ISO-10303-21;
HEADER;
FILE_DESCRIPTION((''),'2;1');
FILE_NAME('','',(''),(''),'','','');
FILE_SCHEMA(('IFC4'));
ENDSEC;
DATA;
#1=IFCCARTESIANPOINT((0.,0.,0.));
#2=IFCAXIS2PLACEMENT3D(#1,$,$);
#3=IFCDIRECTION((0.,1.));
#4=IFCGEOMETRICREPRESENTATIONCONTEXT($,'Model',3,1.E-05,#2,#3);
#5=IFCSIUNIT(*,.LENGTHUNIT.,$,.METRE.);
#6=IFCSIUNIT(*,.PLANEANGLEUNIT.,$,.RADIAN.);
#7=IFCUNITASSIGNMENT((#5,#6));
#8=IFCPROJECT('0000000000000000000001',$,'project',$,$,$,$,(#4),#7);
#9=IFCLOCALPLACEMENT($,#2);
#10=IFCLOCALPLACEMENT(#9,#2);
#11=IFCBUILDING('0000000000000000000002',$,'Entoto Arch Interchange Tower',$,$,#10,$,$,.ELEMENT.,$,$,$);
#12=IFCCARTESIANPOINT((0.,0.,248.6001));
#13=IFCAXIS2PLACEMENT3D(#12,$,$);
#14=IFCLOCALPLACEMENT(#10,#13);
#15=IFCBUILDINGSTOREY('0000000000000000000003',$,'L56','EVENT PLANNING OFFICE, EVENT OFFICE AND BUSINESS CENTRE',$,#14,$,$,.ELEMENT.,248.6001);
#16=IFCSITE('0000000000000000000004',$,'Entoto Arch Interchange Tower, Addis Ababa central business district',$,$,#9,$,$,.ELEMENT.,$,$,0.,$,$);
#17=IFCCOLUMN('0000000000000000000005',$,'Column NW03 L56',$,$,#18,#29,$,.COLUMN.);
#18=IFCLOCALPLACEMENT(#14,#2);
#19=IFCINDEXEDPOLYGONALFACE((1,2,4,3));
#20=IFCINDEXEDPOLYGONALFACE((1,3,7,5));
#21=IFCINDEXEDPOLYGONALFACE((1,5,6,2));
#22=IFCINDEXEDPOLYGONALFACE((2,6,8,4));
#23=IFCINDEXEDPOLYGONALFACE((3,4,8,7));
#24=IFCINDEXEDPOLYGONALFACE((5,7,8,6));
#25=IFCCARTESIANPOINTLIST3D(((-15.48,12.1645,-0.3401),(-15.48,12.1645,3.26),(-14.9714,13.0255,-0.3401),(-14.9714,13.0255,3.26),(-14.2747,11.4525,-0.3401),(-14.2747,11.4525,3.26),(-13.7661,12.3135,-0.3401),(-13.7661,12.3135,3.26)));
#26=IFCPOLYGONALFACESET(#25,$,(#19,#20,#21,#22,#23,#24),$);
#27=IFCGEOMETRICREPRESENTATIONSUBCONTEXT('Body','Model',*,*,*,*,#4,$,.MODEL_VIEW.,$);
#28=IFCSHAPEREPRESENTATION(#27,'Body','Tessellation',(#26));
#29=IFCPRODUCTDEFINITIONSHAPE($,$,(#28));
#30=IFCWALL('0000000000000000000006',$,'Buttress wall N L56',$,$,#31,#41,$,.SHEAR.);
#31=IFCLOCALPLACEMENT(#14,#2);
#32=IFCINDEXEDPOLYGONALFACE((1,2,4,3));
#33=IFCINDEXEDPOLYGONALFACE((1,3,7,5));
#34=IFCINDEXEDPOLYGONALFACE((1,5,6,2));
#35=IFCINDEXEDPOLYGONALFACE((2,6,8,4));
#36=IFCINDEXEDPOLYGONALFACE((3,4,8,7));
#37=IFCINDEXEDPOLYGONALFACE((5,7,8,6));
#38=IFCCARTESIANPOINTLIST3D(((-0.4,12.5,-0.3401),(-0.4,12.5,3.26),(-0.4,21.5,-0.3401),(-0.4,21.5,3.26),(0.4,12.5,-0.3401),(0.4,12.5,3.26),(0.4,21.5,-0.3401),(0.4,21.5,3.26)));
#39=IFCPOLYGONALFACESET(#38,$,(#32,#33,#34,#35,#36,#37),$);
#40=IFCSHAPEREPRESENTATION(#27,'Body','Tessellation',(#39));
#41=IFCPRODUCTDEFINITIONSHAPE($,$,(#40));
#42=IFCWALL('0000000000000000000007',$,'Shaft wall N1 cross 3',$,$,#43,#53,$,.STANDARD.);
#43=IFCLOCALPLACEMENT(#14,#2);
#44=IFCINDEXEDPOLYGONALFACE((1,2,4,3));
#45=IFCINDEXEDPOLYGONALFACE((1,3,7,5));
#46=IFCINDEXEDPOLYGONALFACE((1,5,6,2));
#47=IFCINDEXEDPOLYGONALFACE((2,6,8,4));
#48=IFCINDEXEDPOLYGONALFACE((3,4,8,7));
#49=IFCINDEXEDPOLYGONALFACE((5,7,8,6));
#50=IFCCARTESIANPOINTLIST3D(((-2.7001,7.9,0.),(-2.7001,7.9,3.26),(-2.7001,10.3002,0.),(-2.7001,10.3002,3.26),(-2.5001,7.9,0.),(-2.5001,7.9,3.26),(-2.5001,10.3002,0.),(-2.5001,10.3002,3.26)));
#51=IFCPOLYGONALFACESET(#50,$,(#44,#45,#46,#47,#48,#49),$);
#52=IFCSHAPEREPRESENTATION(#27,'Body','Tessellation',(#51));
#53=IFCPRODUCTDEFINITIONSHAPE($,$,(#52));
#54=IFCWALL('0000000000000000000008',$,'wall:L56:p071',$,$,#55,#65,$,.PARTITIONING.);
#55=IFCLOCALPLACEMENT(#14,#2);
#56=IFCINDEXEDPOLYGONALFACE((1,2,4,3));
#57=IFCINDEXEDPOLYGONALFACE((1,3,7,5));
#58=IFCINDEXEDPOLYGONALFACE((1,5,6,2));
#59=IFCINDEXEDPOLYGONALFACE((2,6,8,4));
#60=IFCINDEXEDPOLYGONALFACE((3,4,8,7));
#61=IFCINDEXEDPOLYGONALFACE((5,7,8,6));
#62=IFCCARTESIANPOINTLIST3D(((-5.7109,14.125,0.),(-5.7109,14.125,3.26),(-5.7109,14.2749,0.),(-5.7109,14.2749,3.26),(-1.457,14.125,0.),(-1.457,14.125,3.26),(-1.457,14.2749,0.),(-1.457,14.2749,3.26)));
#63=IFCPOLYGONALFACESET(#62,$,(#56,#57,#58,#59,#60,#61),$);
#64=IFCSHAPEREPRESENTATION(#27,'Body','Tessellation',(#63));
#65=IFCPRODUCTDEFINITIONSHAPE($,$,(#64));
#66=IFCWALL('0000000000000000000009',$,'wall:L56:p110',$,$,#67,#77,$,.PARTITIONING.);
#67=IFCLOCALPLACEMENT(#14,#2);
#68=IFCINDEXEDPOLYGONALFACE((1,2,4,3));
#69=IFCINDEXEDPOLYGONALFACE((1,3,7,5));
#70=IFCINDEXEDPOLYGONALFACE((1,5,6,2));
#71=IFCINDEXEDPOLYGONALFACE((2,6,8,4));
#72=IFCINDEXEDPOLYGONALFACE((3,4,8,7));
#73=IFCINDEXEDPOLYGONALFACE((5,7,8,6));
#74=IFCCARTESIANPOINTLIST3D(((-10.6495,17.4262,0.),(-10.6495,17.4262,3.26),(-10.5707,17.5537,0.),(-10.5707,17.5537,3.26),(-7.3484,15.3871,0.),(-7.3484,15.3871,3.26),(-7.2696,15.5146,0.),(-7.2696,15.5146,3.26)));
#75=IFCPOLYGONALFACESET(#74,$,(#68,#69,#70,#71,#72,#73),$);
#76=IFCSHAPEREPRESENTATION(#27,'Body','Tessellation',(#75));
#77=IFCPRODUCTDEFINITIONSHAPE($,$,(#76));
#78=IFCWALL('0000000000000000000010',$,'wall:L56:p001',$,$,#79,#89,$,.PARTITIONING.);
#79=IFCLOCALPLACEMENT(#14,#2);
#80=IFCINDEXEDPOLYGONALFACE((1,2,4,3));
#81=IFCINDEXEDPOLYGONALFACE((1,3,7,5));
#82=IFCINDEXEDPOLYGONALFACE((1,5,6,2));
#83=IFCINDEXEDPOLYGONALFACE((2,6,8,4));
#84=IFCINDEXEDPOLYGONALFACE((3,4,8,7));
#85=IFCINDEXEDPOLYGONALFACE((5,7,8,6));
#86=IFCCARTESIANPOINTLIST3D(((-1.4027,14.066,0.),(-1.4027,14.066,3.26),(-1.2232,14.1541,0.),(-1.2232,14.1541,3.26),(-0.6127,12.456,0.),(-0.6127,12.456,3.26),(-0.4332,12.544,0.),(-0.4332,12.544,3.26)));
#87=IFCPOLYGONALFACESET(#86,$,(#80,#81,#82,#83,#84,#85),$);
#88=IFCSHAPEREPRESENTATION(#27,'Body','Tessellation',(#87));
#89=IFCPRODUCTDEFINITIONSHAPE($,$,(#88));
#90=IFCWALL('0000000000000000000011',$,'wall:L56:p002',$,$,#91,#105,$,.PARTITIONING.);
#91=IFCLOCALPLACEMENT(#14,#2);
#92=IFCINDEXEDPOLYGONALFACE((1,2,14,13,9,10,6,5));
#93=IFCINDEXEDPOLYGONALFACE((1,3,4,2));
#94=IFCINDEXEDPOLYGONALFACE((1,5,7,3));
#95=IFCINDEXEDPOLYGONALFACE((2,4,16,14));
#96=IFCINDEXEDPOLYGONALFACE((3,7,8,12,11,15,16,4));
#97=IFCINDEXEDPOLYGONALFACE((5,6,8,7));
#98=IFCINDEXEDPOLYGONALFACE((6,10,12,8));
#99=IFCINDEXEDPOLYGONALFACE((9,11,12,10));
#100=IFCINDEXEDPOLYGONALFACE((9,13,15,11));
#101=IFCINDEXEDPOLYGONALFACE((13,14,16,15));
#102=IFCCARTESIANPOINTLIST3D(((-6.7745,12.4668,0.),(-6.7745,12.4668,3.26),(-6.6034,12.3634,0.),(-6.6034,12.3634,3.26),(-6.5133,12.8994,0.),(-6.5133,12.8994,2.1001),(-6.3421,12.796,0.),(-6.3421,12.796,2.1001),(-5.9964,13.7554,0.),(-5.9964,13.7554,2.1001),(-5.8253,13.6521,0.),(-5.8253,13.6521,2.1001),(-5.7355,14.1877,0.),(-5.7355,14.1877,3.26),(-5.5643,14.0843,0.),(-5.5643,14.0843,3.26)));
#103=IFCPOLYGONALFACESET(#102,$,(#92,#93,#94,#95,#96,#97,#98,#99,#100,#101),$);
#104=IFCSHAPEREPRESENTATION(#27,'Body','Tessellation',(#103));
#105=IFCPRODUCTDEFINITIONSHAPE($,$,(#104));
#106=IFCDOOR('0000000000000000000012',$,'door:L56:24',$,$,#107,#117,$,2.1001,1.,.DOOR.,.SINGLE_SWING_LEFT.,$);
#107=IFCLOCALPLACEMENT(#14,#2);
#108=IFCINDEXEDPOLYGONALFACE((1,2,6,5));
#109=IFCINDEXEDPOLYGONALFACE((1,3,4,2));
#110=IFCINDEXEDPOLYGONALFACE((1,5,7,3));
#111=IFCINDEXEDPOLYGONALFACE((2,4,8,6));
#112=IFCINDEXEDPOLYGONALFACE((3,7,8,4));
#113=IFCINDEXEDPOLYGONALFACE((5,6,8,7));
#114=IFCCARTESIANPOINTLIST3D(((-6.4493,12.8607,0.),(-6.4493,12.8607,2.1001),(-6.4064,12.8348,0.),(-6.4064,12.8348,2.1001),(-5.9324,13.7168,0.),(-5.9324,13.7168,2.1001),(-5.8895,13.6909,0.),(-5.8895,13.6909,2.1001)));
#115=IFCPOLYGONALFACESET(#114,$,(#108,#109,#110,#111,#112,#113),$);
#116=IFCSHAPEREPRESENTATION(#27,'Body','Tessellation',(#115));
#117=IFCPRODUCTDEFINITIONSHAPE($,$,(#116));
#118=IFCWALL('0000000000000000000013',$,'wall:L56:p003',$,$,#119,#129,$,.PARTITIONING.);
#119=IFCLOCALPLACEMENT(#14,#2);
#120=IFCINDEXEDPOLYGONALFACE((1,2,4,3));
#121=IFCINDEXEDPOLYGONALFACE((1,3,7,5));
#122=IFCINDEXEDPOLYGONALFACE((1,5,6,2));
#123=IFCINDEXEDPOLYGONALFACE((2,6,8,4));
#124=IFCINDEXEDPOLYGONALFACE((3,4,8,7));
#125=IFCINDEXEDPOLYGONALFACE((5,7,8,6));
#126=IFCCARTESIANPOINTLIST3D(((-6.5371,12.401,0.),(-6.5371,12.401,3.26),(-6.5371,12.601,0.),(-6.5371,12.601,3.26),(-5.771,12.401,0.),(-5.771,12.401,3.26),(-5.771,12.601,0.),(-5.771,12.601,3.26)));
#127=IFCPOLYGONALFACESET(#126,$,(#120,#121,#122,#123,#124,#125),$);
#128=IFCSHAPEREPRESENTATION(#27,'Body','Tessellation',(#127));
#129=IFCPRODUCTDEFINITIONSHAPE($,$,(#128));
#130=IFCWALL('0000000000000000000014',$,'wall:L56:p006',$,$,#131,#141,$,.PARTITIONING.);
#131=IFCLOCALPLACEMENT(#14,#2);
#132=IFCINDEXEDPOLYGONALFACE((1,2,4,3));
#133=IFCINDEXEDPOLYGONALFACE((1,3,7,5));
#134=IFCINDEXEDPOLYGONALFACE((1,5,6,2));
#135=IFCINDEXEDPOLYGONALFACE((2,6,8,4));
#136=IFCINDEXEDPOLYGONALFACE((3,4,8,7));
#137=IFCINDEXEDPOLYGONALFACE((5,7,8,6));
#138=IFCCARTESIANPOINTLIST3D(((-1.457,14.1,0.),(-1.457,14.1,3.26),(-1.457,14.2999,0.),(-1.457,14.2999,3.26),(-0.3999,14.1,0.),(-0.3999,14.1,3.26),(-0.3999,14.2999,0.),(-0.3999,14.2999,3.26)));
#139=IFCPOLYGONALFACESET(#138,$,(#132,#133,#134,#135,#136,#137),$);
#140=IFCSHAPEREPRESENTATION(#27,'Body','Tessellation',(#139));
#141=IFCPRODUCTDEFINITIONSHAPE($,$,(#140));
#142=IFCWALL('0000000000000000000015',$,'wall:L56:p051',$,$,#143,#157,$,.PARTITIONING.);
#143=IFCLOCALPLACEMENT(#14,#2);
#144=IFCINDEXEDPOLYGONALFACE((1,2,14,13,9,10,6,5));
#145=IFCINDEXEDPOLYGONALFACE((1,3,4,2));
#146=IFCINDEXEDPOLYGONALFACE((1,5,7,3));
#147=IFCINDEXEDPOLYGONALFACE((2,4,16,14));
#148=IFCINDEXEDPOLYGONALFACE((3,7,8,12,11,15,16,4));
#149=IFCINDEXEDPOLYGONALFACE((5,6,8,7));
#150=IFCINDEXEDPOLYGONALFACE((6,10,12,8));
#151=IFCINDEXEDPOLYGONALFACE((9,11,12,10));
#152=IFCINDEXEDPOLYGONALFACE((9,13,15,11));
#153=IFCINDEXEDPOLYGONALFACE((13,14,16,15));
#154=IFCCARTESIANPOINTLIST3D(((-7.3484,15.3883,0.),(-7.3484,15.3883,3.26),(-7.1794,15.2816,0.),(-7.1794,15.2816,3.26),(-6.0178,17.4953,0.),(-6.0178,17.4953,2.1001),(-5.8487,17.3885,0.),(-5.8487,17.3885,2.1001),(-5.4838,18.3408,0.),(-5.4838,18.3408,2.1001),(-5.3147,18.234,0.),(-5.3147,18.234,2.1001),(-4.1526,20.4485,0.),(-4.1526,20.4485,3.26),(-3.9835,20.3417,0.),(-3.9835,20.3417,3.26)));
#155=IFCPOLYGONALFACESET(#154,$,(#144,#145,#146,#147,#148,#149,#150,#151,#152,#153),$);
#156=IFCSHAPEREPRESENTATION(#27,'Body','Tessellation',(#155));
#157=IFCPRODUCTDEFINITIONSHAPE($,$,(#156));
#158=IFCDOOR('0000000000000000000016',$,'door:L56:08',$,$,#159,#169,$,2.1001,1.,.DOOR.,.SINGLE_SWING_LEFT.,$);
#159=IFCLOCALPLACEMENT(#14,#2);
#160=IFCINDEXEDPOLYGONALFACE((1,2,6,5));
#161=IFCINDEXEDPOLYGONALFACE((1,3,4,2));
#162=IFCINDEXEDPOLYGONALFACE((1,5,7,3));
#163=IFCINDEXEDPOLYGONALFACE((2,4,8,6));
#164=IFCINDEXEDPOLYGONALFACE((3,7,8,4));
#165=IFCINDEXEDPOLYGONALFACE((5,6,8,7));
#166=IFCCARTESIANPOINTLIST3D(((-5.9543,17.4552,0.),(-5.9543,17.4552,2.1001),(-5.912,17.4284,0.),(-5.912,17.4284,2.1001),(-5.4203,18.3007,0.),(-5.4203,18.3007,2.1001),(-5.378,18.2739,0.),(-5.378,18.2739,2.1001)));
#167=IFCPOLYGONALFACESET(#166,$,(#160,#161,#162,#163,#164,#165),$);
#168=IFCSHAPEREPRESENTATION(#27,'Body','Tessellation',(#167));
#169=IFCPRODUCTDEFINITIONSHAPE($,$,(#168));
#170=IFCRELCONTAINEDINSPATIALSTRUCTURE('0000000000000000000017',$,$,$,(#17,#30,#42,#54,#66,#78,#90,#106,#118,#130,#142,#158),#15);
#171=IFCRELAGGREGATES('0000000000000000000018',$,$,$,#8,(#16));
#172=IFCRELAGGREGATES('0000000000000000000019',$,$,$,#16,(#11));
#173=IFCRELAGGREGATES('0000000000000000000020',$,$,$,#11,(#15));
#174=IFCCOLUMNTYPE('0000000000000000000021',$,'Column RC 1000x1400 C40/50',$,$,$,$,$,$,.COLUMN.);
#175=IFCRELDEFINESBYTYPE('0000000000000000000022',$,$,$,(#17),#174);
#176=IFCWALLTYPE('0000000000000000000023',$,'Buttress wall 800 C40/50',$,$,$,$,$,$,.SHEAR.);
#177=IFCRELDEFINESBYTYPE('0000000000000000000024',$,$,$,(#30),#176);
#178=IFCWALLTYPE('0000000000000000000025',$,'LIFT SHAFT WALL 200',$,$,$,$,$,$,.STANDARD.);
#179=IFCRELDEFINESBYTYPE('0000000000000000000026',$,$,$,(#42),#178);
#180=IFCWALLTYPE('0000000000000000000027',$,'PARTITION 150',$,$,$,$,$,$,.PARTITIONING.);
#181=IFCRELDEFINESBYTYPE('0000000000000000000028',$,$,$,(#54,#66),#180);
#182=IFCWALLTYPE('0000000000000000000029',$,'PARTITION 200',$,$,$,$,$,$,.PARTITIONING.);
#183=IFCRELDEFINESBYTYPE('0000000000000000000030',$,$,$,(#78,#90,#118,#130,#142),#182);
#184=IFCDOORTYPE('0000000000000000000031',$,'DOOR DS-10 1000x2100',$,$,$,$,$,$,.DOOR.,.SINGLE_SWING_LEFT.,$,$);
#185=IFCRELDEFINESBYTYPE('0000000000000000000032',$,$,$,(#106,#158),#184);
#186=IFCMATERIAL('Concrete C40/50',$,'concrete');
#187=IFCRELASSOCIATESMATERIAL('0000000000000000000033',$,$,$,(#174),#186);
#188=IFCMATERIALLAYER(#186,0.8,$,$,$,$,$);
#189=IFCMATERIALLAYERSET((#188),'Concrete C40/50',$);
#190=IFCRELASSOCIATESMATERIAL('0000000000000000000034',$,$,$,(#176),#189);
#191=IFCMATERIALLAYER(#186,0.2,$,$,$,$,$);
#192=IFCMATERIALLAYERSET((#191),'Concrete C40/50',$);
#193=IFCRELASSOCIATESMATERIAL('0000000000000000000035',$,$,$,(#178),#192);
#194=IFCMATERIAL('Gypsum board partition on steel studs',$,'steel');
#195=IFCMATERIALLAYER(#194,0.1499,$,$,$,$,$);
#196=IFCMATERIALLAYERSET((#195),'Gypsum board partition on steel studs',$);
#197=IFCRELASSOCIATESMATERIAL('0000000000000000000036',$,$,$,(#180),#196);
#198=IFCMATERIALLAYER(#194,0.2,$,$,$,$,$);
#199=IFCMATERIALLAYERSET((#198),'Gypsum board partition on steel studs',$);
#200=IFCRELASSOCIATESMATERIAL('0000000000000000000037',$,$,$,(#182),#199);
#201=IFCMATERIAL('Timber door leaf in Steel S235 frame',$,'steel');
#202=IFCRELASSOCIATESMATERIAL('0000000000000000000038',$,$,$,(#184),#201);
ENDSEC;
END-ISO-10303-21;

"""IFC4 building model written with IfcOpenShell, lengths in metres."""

from ifc_helpers import new_model, si_unit, direction, frame, frame_2d, origin, origin_2d, place, context, subcontext, project, spatial, rectangle, extrude, material, layer, layer_set, material_profile, profile_set, type_object, element, fill, save


model = new_model("IFC4")

# Units and contexts
model_context = context("Model", 3, precision=1e-05, world=origin(), true_north=direction((0.0, 1.0)))
body_context = subcontext(model_context, "Body", "Model", "MODEL_VIEW")
ifc_project = project(units=[si_unit("LENGTHUNIT", "METRE"), si_unit("PLANEANGLEUNIT", "RADIAN")], contexts=[model_context])

# Site, building, storey
site_placement = place(None, origin())
site = spatial("IfcSite", under=ifc_project, at=site_placement, Name="Entoto Arch Interchange Tower, Addis Ababa central business district", CompositionType="ELEMENT", RefElevation=0.0)
building_placement = place(site_placement, origin())
building = spatial("IfcBuilding", under=site, at=building_placement, Name="Entoto Arch Interchange Tower", CompositionType="ELEMENT")
storey_placement = place(building_placement, frame((0.0, 0.0, 248.6001)))
storey = spatial("IfcBuildingStorey", under=building, at=storey_placement, Name="L56", Description="EVENT PLANNING OFFICE, EVENT OFFICE AND BUSINESS CENTRE", CompositionType="ELEMENT", Elevation=248.6001)

# Column
ifc_material_1 = material(Name="Concrete C40/50", Category="concrete")
ifc_material_profile = material_profile(ifc_material_1, rectangle(XDim=1.0, YDim=1.3999, at=origin_2d()))
ifc_profile_set = profile_set([ifc_material_profile], Name="Concrete C40/50")
column_type = type_object("IfcColumnType", Name="Column RC 1000x1400 C40/50", PredefinedType="COLUMN", material=ifc_profile_set)
column_placement = place(storey_placement, frame((-14.623, 12.239, -0.3401), z_axis=(0.0, 0.0, 1.0), x_axis=(0.508576, 0.861017, 0.0)))
element("IfcColumn", 1, at=column_placement, inside=storey, type_object=column_type, Name="Column NW03 L56", PredefinedType="COLUMN", context=body_context, shape_type="SweptSolid", body=[
    extrude(rectangle(XDim=1.0, YDim=1.3999, at=origin_2d()), origin(), (0.0, 0.0, 1.0), 3.6001),
])

# Walls
ifc_layer_1 = layer(ifc_material_1, 0.8)
ifc_layer_set_1 = layer_set([ifc_layer_1], Name="Concrete C40/50")
wall_type_1 = type_object("IfcWallType", Name="Buttress wall 800 C40/50", PredefinedType="SHEAR", material=ifc_layer_set_1)
wall_1_placement = place(storey_placement, frame((0.0, 12.5, -0.3401), z_axis=(0.0, 0.0, 1.0), x_axis=(0.0, 1.0, 0.0)))
element("IfcWall", 2, at=wall_1_placement, inside=storey, type_object=wall_type_1, Name="Buttress wall N L56", PredefinedType="SHEAR", context=body_context, shape_type="SweptSolid", body=[
    extrude(rectangle(XDim=9.0, YDim=0.8, at=frame_2d((4.5, 0.0))), origin(), (0.0, 0.0, 1.0), 3.6001),
])
ifc_layer_2 = layer(ifc_material_1, 0.2)
ifc_layer_set_2 = layer_set([ifc_layer_2], Name="Concrete C40/50")
wall_type_2 = type_object("IfcWallType", Name="LIFT SHAFT WALL 200", PredefinedType="STANDARD", material=ifc_layer_set_2)
wall_2_placement = place(storey_placement, frame((-2.6001, 7.8999, 0.0), z_axis=(0.0, 0.0, 1.0), x_axis=(0.0, 1.0, 0.0)))
element("IfcWall", 3, at=wall_2_placement, inside=storey, type_object=wall_type_2, Name="Shaft wall N1 cross 3", PredefinedType="STANDARD", context=body_context, shape_type="SweptSolid", body=[
    extrude(rectangle(XDim=2.4001, YDim=0.2, at=frame_2d((1.2002, 0.0))), origin(), (0.0, 0.0, 1.0), 3.26),
])
ifc_material_2 = material(Name="Gypsum board partition on steel studs", Category="steel")
ifc_layer_3 = layer(ifc_material_2, 0.1499)
ifc_layer_set_3 = layer_set([ifc_layer_3], Name="Gypsum board partition on steel studs")
wall_type_3 = type_object("IfcWallType", Name="PARTITION 150", PredefinedType="PARTITIONING", material=ifc_layer_set_3)
wall_3_placement = place(storey_placement, frame((-1.457, 14.2, 0.0), z_axis=(0.0, 0.0, 1.0), x_axis=(-1.0, 0.0, 0.0)))
element("IfcWall", 4, at=wall_3_placement, inside=storey, type_object=wall_type_3, Name="wall:L56:p071", PredefinedType="PARTITIONING", context=body_context, shape_type="SweptSolid", body=[
    extrude(rectangle(XDim=4.2539, YDim=0.1499, at=frame_2d((2.127, 0.0))), origin(), (0.0, 0.0, 1.0), 3.26),
])
wall_4_placement = place(storey_placement, frame((-7.3091, 15.4509, 0.0), z_axis=(0.0, 0.0, 1.0), x_axis=(-0.850776, 0.525529, 0.0)))
element("IfcWall", 5, at=wall_4_placement, inside=storey, type_object=wall_type_3, Name="wall:L56:p110", PredefinedType="PARTITIONING", context=body_context, shape_type="SweptSolid", body=[
    extrude(rectangle(XDim=3.8801, YDim=0.1499, at=frame_2d((1.9399, 0.0))), origin(), (0.0, 0.0, 1.0), 3.26),
])
ifc_layer_4 = layer(ifc_material_2, 0.2)
ifc_layer_set_4 = layer_set([ifc_layer_4], Name="Gypsum board partition on steel studs")
wall_type_4 = type_object("IfcWallType", Name="PARTITION 200", PredefinedType="PARTITIONING", material=ifc_layer_set_4)
wall_5_placement = place(storey_placement, frame((-0.5229, 12.5, 0.0), z_axis=(0.0, 0.0, 1.0), x_axis=(-0.440504, 0.897751, 0.0)))
element("IfcWall", 6, at=wall_5_placement, inside=storey, type_object=wall_type_4, Name="wall:L56:p001", PredefinedType="PARTITIONING", context=body_context, shape_type="SweptSolid", body=[
    extrude(rectangle(XDim=1.7935, YDim=0.2, at=frame_2d((0.8967, 0.0))), origin(), (0.0, 0.0, 1.0), 3.26),
])

# Wall, opening, door
wall_6_placement = place(storey_placement, frame((-5.6499, 14.136, 0.0), z_axis=(0.0, 0.0, 1.0), x_axis=(-0.516869, -0.856064, 0.0)))
wall_6 = element("IfcWall", 7, at=wall_6_placement, inside=storey, type_object=wall_type_4, Name="wall:L56:p002", PredefinedType="PARTITIONING", context=body_context, shape_type="SweptSolid", body=[
    extrude(rectangle(XDim=2.0103, YDim=0.2, at=frame_2d((1.0051, 0.0))), origin(), (0.0, 0.0, 1.0), 3.26),
])
opening_1_placement = place(wall_6_placement, frame((0.5049, 0.0, 0.0)))
opening_1 = element("IfcOpeningElement", 8, at=opening_1_placement, cuts=wall_6, PredefinedType="OPENING", context=body_context, shape_type="SweptSolid", body=[
    extrude(rectangle(XDim=1.0, YDim=2.1001, at=frame_2d((0.5, 1.05))), frame((0.0, 0.1099, 0.0), z_axis=(0.0, -1.0, 0.0), x_axis=(1.0, 0.0, 0.0)), (0.0, 0.0, 1.0), 0.22),
])
ifc_material_3 = material(Name="Timber door leaf in Steel S235 frame", Category="steel")
door_type_1 = type_object("IfcDoorType", Name="DOOR DS-10 1000x2100", OperationType="SINGLE_SWING_LEFT", PredefinedType="DOOR", material=ifc_material_3)
door_1_placement = place(opening_1_placement, origin())
door_1 = element("IfcDoor", 9, at=door_1_placement, inside=storey, type_object=door_type_1, Name="door:L56:24", OperationType="SINGLE_SWING_LEFT", OverallHeight=2.1001, OverallWidth=1.0, PredefinedType="DOOR", context=body_context, shape_type="SweptSolid", body=[
    extrude(rectangle(XDim=1.0, YDim=2.1001, at=frame_2d((0.5, 1.05))), frame((0.0, 0.0249, 0.0), z_axis=(0.0, -1.0, 0.0), x_axis=(1.0, 0.0, 0.0)), (0.0, 0.0, 1.0), 0.05),
])
fill(opening_1, door_1)

# Walls
wall_7_placement = place(storey_placement, frame((-6.5371, 12.501, 0.0), z_axis=(0.0, 0.0, 1.0), x_axis=(1.0, 0.0, 0.0)))
element("IfcWall", 10, at=wall_7_placement, inside=storey, type_object=wall_type_4, Name="wall:L56:p003", PredefinedType="PARTITIONING", context=body_context, shape_type="SweptSolid", body=[
    extrude(rectangle(XDim=0.7661, YDim=0.2, at=frame_2d((0.3831, 0.0))), origin(), (0.0, 0.0, 1.0), 3.26),
])
wall_8_placement = place(storey_placement, frame((-1.457, 14.2, 0.0), z_axis=(0.0, 0.0, 1.0), x_axis=(1.0, 0.0, 0.0)))
element("IfcWall", 11, at=wall_8_placement, inside=storey, type_object=wall_type_4, Name="wall:L56:p006", PredefinedType="PARTITIONING", context=body_context, shape_type="SweptSolid", body=[
    extrude(rectangle(XDim=1.0571, YDim=0.2, at=frame_2d((0.5286, 0.0))), origin(), (0.0, 0.0, 1.0), 3.26),
])

# Wall, opening, door
wall_9_placement = place(storey_placement, frame((-7.2639, 15.335, 0.0), z_axis=(0.0, 0.0, 1.0), x_axis=(0.53399, 0.845491, 0.0)))
wall_9 = element("IfcWall", 12, at=wall_9_placement, inside=storey, type_object=wall_type_4, Name="wall:L56:p051", PredefinedType="PARTITIONING", context=body_context, shape_type="SweptSolid", body=[
    extrude(rectangle(XDim=5.9849, YDim=0.2, at=frame_2d((2.9924, 0.0))), origin(), (0.0, 0.0, 1.0), 3.26),
])
opening_2_placement = place(wall_9_placement, frame((2.4919, 0.0, 0.0)))
opening_2 = element("IfcOpeningElement", 13, at=opening_2_placement, cuts=wall_9, PredefinedType="OPENING", context=body_context, shape_type="SweptSolid", body=[
    extrude(rectangle(XDim=1.0, YDim=2.1001, at=frame_2d((0.5, 1.05))), frame((0.0, 0.1099, 0.0), z_axis=(0.0, -1.0, 0.0), x_axis=(1.0, 0.0, 0.0)), (0.0, 0.0, 1.0), 0.22),
])
door_2_placement = place(opening_2_placement, origin())
door_2 = element("IfcDoor", 14, at=door_2_placement, inside=storey, type_object=door_type_1, Name="door:L56:08", OperationType="SINGLE_SWING_LEFT", OverallHeight=2.1001, OverallWidth=1.0, PredefinedType="DOOR", context=body_context, shape_type="SweptSolid", body=[
    extrude(rectangle(XDim=1.0, YDim=2.1001, at=frame_2d((0.5, 1.05))), frame((0.0, 0.0249, 0.0), z_axis=(0.0, -1.0, 0.0), x_axis=(1.0, 0.0, 0.0)), (0.0, 0.0, 1.0), 0.05),
])
fill(opening_2, door_2)

save(model, "model.ifc")
